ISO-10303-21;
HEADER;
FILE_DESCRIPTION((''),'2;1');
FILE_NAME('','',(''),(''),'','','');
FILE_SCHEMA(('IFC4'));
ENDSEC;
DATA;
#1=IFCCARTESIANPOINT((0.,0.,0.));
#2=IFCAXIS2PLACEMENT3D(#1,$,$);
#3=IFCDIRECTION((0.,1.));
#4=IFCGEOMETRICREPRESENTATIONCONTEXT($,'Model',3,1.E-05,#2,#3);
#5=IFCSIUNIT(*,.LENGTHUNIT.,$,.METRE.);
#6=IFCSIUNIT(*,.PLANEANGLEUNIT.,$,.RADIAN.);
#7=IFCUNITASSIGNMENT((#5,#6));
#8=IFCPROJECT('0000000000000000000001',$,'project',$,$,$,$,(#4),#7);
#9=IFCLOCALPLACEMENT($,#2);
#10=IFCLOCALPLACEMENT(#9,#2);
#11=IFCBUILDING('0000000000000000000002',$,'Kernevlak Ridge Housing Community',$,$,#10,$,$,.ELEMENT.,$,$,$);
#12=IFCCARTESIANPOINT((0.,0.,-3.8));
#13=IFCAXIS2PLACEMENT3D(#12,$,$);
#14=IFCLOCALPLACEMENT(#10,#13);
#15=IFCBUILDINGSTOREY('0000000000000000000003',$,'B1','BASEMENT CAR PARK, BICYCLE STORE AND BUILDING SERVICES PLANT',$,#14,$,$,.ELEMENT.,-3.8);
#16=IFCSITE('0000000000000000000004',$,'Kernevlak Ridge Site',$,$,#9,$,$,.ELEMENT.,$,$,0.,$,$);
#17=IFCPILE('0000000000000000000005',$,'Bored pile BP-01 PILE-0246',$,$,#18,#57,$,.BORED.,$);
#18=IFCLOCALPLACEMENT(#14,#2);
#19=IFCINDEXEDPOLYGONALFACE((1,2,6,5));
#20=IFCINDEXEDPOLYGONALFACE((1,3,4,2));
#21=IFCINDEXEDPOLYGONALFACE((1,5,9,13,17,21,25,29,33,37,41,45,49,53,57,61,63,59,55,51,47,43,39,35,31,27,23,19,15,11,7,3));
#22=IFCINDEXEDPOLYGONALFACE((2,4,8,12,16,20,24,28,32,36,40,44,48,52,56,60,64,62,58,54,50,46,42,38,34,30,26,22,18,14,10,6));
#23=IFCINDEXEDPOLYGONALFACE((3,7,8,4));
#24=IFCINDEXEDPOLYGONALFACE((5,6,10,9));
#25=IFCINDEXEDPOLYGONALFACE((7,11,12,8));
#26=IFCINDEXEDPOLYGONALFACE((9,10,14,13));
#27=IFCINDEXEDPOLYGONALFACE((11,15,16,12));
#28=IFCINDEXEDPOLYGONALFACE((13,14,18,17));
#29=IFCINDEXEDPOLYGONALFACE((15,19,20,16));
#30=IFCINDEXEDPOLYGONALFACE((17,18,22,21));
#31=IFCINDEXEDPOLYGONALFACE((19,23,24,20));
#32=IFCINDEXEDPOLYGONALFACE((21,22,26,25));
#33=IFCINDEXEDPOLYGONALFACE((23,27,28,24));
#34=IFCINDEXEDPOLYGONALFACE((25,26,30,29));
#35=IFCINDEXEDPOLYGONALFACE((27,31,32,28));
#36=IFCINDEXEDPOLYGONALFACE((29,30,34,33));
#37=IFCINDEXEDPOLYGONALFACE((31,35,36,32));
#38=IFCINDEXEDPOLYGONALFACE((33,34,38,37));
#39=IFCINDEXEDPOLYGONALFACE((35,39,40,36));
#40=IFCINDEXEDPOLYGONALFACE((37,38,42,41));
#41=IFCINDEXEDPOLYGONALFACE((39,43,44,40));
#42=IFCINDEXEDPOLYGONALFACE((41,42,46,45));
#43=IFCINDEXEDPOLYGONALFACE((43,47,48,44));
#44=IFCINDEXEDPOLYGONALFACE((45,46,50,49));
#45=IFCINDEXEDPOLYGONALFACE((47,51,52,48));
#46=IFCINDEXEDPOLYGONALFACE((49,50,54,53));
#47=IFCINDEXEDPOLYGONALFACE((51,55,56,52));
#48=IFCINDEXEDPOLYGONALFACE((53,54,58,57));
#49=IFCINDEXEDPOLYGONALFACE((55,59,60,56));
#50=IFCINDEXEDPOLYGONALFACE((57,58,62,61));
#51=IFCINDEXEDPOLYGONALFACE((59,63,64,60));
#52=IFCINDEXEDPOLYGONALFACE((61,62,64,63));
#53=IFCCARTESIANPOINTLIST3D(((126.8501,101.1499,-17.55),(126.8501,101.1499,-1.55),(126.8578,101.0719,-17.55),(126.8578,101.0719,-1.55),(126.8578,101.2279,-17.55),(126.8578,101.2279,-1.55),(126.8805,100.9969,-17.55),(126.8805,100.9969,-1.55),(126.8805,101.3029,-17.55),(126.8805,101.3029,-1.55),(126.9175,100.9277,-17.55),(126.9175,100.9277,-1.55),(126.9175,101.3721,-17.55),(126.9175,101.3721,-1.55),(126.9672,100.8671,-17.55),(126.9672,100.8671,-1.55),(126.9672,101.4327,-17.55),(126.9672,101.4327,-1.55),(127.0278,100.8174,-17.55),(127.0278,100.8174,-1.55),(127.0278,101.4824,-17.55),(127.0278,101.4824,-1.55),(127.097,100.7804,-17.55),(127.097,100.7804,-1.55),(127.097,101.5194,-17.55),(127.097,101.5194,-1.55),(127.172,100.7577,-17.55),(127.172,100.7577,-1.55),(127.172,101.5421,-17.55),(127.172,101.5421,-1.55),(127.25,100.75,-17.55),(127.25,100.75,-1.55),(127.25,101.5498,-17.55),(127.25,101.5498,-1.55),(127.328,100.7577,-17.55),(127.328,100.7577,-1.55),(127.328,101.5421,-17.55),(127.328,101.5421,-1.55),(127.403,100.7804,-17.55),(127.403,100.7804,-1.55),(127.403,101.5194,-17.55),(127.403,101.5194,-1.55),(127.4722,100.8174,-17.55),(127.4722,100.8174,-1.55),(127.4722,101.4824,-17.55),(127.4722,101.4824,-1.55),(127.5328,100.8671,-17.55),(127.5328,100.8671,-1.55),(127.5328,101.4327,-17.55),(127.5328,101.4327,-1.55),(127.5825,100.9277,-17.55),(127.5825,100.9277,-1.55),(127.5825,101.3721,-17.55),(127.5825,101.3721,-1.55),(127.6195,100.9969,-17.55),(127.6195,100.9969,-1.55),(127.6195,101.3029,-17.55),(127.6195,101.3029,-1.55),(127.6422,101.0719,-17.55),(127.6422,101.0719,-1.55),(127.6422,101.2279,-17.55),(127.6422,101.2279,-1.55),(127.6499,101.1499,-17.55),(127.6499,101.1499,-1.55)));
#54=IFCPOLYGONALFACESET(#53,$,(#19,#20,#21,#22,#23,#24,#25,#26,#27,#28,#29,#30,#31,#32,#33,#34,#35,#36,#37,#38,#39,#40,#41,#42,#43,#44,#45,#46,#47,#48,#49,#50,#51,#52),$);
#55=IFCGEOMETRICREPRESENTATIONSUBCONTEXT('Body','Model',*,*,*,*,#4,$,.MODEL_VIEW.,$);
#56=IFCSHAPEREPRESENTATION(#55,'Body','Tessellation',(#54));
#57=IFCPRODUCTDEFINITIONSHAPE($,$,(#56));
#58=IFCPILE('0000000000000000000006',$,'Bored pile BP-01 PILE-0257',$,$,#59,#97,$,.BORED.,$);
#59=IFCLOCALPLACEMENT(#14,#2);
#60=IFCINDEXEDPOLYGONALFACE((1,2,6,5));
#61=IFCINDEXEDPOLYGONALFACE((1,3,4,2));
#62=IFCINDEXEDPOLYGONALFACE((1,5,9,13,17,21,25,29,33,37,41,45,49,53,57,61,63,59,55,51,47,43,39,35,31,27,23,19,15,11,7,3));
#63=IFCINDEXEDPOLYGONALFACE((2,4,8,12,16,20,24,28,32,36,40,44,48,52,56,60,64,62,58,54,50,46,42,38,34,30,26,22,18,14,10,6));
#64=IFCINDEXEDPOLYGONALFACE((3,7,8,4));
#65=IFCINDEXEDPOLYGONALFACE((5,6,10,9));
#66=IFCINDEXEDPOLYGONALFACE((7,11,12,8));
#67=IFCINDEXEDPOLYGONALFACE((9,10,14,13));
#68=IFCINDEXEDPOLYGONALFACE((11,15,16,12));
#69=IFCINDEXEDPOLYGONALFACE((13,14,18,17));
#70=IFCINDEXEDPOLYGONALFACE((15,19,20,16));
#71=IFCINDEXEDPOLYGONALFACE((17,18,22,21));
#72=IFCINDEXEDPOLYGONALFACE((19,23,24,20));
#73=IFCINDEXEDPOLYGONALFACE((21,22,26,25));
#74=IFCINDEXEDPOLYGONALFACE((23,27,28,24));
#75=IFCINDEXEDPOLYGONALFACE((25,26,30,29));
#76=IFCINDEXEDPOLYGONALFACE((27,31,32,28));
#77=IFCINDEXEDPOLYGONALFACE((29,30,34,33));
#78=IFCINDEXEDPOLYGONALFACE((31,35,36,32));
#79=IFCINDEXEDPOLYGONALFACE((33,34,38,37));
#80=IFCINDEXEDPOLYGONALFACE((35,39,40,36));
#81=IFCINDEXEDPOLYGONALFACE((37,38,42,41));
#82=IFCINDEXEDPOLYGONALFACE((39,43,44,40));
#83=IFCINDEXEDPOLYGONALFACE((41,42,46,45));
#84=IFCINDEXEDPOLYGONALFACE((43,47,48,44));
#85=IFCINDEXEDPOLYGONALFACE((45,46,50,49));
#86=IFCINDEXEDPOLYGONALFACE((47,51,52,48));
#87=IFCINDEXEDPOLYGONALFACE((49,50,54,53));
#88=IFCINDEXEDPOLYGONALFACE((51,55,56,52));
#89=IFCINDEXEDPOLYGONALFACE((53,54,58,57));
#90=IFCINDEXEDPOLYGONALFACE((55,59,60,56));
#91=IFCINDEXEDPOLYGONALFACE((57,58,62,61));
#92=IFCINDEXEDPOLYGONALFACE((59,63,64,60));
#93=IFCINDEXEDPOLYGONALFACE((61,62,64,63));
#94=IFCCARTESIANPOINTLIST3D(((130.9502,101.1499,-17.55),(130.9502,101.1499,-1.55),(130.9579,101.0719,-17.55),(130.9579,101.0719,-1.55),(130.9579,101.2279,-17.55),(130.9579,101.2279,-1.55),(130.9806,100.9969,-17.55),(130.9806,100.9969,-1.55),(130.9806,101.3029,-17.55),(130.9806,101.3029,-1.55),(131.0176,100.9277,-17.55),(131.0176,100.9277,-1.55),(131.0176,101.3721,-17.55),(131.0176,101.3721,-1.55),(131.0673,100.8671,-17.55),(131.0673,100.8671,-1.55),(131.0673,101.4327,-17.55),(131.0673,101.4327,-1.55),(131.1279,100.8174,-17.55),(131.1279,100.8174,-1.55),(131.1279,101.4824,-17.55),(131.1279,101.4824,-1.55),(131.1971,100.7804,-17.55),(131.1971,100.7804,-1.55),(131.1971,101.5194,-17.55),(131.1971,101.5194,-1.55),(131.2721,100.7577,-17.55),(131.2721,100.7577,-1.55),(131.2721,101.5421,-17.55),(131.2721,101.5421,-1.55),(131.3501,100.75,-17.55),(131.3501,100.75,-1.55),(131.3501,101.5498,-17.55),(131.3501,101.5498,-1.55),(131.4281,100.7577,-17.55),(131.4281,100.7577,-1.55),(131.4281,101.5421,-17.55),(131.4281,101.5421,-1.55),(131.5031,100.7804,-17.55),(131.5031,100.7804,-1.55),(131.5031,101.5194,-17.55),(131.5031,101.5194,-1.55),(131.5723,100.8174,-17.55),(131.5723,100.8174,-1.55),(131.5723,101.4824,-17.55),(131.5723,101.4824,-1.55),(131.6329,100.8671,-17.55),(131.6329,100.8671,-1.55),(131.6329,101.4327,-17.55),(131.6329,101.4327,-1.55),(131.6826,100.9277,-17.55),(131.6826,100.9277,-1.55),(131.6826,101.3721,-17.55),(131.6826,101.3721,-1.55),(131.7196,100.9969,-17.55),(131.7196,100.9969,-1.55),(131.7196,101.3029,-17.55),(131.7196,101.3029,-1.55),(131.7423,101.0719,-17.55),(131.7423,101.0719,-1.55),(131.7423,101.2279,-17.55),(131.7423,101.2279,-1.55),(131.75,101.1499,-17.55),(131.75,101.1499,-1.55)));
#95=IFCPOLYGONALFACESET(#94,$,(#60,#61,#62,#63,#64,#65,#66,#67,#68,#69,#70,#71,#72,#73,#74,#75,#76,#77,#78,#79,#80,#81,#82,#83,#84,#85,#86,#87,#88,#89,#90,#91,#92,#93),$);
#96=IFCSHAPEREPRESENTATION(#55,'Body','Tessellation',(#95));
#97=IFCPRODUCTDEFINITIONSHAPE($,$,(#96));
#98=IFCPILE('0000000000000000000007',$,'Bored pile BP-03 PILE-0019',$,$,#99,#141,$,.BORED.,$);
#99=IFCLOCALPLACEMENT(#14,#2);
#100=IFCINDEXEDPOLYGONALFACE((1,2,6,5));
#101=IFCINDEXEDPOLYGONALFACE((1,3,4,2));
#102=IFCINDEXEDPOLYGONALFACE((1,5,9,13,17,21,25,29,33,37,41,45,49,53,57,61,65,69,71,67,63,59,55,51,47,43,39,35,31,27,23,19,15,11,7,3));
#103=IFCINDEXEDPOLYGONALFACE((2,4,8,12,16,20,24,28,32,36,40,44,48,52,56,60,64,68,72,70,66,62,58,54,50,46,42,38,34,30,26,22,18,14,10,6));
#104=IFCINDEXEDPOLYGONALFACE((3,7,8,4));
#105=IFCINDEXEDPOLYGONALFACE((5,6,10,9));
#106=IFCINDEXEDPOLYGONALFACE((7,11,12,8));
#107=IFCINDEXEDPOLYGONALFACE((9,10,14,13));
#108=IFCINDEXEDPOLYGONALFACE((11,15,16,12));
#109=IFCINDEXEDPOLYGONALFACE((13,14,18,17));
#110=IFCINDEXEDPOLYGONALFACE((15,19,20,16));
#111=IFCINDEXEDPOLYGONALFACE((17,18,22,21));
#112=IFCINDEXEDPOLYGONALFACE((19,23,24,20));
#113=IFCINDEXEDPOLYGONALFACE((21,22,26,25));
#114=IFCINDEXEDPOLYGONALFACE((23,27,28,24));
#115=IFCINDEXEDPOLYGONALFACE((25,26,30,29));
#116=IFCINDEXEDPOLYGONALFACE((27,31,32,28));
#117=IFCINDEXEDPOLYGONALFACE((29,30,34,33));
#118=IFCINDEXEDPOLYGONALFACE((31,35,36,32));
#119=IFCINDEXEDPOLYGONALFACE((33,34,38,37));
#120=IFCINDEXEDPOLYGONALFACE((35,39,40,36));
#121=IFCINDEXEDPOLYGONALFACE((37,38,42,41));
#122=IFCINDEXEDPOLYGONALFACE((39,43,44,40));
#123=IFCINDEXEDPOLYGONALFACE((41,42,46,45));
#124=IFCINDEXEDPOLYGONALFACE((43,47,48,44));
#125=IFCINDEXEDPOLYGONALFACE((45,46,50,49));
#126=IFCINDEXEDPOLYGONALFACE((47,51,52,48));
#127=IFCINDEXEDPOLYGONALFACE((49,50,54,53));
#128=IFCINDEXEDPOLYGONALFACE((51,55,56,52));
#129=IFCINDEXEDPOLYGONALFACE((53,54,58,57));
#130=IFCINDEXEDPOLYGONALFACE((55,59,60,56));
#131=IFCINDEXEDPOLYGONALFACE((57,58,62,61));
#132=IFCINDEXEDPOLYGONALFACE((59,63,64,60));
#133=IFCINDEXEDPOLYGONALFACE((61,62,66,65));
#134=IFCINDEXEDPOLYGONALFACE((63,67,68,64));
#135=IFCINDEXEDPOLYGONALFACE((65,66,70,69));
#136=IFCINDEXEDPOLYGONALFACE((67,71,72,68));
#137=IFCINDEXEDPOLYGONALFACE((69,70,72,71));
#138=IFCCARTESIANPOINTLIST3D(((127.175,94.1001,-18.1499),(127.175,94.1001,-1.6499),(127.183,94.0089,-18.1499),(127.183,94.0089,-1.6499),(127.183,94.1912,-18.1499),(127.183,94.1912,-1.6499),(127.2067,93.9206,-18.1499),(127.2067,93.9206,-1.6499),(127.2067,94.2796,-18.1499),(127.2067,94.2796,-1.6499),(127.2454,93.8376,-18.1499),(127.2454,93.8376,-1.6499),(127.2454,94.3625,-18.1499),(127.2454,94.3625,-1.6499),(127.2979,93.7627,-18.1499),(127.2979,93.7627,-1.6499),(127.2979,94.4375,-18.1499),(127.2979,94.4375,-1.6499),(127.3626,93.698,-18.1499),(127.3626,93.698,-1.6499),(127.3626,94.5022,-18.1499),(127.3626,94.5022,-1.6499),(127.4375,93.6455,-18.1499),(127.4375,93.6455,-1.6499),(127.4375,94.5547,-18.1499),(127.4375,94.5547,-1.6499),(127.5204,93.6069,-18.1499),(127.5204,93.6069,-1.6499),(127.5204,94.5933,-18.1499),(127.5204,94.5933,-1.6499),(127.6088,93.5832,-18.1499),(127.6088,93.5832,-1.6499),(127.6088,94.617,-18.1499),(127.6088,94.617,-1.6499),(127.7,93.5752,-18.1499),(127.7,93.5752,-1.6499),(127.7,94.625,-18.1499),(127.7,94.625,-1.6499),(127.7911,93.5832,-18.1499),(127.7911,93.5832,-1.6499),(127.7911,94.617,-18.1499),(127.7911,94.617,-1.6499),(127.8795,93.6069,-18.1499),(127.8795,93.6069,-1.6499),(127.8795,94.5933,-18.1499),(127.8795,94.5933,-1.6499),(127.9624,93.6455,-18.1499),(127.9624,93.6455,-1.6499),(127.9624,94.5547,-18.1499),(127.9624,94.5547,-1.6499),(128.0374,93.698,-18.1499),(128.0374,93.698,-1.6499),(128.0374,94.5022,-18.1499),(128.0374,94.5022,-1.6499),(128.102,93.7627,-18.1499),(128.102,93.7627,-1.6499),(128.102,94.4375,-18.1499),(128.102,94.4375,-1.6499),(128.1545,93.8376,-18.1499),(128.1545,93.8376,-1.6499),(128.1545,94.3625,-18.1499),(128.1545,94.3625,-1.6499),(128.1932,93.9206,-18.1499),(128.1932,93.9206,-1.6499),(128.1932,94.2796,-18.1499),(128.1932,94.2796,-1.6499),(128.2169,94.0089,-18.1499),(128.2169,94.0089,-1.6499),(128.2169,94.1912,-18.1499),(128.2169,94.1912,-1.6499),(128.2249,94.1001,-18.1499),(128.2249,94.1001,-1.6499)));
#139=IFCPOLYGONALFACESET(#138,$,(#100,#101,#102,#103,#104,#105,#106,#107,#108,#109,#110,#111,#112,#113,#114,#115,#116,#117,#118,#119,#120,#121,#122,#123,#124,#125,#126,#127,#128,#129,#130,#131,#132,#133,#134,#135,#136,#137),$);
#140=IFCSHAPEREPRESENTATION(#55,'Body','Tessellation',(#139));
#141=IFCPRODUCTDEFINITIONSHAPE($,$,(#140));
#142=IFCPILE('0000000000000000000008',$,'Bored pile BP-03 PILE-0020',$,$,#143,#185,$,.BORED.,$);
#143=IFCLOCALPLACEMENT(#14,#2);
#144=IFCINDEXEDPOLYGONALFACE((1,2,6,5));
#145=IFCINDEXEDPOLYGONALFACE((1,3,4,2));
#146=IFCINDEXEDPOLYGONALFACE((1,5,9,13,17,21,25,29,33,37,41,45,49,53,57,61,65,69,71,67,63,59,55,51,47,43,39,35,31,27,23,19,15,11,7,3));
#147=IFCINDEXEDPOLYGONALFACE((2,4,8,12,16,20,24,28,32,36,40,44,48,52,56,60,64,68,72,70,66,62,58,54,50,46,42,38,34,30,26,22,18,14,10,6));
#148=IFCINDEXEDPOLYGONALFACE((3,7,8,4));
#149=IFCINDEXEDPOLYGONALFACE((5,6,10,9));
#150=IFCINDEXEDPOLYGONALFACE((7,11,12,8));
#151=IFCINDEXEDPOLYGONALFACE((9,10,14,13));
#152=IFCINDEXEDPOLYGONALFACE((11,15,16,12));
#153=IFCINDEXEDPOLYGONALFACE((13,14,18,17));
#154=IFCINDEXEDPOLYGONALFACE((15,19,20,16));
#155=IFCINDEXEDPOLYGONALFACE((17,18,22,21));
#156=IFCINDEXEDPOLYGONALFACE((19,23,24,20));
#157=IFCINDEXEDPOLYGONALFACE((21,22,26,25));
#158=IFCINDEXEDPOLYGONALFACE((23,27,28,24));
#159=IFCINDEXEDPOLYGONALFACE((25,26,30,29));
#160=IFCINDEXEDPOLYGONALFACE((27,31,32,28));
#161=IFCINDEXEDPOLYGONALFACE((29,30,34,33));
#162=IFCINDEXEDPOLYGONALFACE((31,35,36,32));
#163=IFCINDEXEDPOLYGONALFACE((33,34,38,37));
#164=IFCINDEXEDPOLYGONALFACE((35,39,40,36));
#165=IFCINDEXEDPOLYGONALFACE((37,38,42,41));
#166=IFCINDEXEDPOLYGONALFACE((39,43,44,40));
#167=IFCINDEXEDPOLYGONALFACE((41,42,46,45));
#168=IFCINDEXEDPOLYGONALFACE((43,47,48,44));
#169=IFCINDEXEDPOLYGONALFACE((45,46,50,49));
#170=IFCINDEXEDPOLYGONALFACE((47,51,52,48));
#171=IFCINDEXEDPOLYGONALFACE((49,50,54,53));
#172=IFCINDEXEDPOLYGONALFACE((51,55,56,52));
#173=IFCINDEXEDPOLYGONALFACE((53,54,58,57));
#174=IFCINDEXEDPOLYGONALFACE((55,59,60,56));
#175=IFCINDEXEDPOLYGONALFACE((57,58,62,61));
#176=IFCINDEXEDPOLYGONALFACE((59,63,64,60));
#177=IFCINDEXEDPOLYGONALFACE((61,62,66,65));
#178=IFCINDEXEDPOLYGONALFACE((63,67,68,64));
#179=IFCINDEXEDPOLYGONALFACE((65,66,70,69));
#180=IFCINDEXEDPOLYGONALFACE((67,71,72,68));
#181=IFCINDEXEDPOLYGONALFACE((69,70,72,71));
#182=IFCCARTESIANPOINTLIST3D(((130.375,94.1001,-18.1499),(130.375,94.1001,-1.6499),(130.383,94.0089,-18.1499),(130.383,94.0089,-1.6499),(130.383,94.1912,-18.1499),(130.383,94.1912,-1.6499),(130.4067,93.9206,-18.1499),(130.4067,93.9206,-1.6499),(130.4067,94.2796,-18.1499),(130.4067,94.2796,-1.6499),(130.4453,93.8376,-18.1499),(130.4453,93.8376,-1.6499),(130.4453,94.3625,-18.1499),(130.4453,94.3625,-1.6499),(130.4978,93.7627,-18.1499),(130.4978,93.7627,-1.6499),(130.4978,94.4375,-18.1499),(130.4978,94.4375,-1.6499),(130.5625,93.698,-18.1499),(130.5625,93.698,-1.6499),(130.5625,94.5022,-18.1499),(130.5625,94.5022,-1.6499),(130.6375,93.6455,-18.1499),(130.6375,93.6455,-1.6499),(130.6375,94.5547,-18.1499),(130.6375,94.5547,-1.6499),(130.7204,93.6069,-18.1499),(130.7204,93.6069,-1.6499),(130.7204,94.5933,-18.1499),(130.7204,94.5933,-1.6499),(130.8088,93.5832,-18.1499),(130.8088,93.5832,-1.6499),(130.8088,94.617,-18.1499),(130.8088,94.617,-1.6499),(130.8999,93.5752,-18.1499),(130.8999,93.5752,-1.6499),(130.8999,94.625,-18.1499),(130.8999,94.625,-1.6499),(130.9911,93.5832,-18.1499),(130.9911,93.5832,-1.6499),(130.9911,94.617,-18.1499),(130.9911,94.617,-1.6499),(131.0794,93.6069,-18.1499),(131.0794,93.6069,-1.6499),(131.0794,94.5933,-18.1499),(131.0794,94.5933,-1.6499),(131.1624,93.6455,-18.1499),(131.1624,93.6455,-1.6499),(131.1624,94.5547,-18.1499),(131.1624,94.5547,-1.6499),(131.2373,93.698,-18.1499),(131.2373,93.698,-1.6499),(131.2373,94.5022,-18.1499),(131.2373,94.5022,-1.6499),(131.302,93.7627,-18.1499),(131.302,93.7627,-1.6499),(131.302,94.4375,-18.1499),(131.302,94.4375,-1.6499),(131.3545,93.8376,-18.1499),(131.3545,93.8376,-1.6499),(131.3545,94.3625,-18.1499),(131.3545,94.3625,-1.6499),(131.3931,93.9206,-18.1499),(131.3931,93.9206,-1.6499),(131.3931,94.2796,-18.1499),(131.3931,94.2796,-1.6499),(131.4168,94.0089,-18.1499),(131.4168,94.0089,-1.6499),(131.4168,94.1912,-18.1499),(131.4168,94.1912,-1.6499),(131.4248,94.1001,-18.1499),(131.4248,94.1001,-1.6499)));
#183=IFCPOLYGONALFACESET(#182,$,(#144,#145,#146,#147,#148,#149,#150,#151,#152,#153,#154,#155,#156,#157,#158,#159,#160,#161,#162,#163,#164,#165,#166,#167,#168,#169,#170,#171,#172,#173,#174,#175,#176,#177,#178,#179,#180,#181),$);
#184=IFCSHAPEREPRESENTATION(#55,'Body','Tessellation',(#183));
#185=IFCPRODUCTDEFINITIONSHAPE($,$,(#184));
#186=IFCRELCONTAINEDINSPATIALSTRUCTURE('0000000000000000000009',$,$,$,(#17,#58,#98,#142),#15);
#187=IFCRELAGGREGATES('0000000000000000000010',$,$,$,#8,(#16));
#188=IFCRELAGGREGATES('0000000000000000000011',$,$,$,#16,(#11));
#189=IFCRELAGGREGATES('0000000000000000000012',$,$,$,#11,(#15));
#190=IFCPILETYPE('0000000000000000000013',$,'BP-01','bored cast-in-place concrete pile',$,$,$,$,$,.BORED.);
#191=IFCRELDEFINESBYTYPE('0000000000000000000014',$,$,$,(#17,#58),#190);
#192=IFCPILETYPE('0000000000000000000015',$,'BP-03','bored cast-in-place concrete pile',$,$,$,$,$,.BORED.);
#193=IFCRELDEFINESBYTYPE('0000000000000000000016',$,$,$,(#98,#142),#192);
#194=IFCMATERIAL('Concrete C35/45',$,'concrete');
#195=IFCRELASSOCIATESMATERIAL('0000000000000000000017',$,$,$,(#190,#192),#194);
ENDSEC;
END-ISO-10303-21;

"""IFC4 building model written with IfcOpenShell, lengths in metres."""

from ifc_helpers import new_model, si_unit, direction, frame, origin, origin_2d, place, context, subcontext, project, spatial, circle, extrude, material, material_profile, profile_set, type_object, element, save


model = new_model("IFC4")

# Units and contexts
model_context = context("Model", 3, precision=1e-05, world=origin(), true_north=direction((0.0, 1.0)))
body_context = subcontext(model_context, "Body", "Model", "MODEL_VIEW")
ifc_project = project(units=[si_unit("LENGTHUNIT", "METRE"), si_unit("PLANEANGLEUNIT", "RADIAN")], contexts=[model_context])

# Site, building, storey
site_placement = place(None, origin())
site = spatial("IfcSite", under=ifc_project, at=site_placement, Name="Kernevlak Ridge Site", CompositionType="ELEMENT", RefElevation=0.0)
building_placement = place(site_placement, origin())
building = spatial("IfcBuilding", under=site, at=building_placement, Name="Kernevlak Ridge Housing Community", CompositionType="ELEMENT")
storey_placement = place(building_placement, frame((0.0, 0.0, -3.8)))
storey = spatial("IfcBuildingStorey", under=building, at=storey_placement, Name="B1", Description="BASEMENT CAR PARK, BICYCLE STORE AND BUILDING SERVICES PLANT", CompositionType="ELEMENT", Elevation=-3.8)

# Piles
ifc_material_1 = material(Name="Concrete C35/45", Category="concrete")
ifc_material_profile_1 = material_profile(ifc_material_1, circle(Radius=0.3999, at=origin_2d()), Name="BORED PILE 800")
ifc_profile_set_1 = profile_set([ifc_material_profile_1], Name="Concrete C35/45")
pile_type_1 = type_object("IfcPileType", Name="BP-01", Description="bored cast-in-place concrete pile", PredefinedType="BORED", material=ifc_profile_set_1)
for number, where, z_axis, x_axis, name in (
    (1, (127.25, 101.1499, -1.55), (0.0, 0.0, -1.0), (1.0, 0.0, 0.0), "Bored pile BP-01 PILE-0246"),
    (2, (131.3501, 101.1499, -1.55), (0.0, 0.0, -1.0), (1.0, 0.0, 0.0), "Bored pile BP-01 PILE-0257"),
):
    element("IfcPile", number, at=place(storey_placement, frame(where, z_axis=z_axis, x_axis=x_axis)), inside=storey, type_object=pile_type_1, Name=name, PredefinedType="BORED", context=body_context, shape_type="SweptSolid", body=[
        extrude(circle(Radius=0.3999, at=origin_2d()), origin(), (0.0, 0.0, 1.0), 16.0),
    ])
ifc_material_profile_2 = material_profile(ifc_material_1, circle(Radius=0.5249, at=origin_2d()), Name="BORED PILE 1050")
ifc_profile_set_2 = profile_set([ifc_material_profile_2], Name="Concrete C35/45")
pile_type_2 = type_object("IfcPileType", Name="BP-03", Description="bored cast-in-place concrete pile", PredefinedType="BORED", material=ifc_profile_set_2)
for number, where, z_axis, x_axis, name in (
    (3, (127.7, 94.1001, -1.6499), (0.0, 0.0, -1.0), (1.0, 0.0, 0.0), "Bored pile BP-03 PILE-0019"),
    (4, (130.8999, 94.1001, -1.6499), (0.0, 0.0, -1.0), (1.0, 0.0, 0.0), "Bored pile BP-03 PILE-0020"),
):
    element("IfcPile", number, at=place(storey_placement, frame(where, z_axis=z_axis, x_axis=x_axis)), inside=storey, type_object=pile_type_2, Name=name, PredefinedType="BORED", context=body_context, shape_type="SweptSolid", body=[
        extrude(circle(Radius=0.5249, at=origin_2d()), origin(), (0.0, 0.0, 1.0), 16.5),
    ])

save(model, "model.ifc")
